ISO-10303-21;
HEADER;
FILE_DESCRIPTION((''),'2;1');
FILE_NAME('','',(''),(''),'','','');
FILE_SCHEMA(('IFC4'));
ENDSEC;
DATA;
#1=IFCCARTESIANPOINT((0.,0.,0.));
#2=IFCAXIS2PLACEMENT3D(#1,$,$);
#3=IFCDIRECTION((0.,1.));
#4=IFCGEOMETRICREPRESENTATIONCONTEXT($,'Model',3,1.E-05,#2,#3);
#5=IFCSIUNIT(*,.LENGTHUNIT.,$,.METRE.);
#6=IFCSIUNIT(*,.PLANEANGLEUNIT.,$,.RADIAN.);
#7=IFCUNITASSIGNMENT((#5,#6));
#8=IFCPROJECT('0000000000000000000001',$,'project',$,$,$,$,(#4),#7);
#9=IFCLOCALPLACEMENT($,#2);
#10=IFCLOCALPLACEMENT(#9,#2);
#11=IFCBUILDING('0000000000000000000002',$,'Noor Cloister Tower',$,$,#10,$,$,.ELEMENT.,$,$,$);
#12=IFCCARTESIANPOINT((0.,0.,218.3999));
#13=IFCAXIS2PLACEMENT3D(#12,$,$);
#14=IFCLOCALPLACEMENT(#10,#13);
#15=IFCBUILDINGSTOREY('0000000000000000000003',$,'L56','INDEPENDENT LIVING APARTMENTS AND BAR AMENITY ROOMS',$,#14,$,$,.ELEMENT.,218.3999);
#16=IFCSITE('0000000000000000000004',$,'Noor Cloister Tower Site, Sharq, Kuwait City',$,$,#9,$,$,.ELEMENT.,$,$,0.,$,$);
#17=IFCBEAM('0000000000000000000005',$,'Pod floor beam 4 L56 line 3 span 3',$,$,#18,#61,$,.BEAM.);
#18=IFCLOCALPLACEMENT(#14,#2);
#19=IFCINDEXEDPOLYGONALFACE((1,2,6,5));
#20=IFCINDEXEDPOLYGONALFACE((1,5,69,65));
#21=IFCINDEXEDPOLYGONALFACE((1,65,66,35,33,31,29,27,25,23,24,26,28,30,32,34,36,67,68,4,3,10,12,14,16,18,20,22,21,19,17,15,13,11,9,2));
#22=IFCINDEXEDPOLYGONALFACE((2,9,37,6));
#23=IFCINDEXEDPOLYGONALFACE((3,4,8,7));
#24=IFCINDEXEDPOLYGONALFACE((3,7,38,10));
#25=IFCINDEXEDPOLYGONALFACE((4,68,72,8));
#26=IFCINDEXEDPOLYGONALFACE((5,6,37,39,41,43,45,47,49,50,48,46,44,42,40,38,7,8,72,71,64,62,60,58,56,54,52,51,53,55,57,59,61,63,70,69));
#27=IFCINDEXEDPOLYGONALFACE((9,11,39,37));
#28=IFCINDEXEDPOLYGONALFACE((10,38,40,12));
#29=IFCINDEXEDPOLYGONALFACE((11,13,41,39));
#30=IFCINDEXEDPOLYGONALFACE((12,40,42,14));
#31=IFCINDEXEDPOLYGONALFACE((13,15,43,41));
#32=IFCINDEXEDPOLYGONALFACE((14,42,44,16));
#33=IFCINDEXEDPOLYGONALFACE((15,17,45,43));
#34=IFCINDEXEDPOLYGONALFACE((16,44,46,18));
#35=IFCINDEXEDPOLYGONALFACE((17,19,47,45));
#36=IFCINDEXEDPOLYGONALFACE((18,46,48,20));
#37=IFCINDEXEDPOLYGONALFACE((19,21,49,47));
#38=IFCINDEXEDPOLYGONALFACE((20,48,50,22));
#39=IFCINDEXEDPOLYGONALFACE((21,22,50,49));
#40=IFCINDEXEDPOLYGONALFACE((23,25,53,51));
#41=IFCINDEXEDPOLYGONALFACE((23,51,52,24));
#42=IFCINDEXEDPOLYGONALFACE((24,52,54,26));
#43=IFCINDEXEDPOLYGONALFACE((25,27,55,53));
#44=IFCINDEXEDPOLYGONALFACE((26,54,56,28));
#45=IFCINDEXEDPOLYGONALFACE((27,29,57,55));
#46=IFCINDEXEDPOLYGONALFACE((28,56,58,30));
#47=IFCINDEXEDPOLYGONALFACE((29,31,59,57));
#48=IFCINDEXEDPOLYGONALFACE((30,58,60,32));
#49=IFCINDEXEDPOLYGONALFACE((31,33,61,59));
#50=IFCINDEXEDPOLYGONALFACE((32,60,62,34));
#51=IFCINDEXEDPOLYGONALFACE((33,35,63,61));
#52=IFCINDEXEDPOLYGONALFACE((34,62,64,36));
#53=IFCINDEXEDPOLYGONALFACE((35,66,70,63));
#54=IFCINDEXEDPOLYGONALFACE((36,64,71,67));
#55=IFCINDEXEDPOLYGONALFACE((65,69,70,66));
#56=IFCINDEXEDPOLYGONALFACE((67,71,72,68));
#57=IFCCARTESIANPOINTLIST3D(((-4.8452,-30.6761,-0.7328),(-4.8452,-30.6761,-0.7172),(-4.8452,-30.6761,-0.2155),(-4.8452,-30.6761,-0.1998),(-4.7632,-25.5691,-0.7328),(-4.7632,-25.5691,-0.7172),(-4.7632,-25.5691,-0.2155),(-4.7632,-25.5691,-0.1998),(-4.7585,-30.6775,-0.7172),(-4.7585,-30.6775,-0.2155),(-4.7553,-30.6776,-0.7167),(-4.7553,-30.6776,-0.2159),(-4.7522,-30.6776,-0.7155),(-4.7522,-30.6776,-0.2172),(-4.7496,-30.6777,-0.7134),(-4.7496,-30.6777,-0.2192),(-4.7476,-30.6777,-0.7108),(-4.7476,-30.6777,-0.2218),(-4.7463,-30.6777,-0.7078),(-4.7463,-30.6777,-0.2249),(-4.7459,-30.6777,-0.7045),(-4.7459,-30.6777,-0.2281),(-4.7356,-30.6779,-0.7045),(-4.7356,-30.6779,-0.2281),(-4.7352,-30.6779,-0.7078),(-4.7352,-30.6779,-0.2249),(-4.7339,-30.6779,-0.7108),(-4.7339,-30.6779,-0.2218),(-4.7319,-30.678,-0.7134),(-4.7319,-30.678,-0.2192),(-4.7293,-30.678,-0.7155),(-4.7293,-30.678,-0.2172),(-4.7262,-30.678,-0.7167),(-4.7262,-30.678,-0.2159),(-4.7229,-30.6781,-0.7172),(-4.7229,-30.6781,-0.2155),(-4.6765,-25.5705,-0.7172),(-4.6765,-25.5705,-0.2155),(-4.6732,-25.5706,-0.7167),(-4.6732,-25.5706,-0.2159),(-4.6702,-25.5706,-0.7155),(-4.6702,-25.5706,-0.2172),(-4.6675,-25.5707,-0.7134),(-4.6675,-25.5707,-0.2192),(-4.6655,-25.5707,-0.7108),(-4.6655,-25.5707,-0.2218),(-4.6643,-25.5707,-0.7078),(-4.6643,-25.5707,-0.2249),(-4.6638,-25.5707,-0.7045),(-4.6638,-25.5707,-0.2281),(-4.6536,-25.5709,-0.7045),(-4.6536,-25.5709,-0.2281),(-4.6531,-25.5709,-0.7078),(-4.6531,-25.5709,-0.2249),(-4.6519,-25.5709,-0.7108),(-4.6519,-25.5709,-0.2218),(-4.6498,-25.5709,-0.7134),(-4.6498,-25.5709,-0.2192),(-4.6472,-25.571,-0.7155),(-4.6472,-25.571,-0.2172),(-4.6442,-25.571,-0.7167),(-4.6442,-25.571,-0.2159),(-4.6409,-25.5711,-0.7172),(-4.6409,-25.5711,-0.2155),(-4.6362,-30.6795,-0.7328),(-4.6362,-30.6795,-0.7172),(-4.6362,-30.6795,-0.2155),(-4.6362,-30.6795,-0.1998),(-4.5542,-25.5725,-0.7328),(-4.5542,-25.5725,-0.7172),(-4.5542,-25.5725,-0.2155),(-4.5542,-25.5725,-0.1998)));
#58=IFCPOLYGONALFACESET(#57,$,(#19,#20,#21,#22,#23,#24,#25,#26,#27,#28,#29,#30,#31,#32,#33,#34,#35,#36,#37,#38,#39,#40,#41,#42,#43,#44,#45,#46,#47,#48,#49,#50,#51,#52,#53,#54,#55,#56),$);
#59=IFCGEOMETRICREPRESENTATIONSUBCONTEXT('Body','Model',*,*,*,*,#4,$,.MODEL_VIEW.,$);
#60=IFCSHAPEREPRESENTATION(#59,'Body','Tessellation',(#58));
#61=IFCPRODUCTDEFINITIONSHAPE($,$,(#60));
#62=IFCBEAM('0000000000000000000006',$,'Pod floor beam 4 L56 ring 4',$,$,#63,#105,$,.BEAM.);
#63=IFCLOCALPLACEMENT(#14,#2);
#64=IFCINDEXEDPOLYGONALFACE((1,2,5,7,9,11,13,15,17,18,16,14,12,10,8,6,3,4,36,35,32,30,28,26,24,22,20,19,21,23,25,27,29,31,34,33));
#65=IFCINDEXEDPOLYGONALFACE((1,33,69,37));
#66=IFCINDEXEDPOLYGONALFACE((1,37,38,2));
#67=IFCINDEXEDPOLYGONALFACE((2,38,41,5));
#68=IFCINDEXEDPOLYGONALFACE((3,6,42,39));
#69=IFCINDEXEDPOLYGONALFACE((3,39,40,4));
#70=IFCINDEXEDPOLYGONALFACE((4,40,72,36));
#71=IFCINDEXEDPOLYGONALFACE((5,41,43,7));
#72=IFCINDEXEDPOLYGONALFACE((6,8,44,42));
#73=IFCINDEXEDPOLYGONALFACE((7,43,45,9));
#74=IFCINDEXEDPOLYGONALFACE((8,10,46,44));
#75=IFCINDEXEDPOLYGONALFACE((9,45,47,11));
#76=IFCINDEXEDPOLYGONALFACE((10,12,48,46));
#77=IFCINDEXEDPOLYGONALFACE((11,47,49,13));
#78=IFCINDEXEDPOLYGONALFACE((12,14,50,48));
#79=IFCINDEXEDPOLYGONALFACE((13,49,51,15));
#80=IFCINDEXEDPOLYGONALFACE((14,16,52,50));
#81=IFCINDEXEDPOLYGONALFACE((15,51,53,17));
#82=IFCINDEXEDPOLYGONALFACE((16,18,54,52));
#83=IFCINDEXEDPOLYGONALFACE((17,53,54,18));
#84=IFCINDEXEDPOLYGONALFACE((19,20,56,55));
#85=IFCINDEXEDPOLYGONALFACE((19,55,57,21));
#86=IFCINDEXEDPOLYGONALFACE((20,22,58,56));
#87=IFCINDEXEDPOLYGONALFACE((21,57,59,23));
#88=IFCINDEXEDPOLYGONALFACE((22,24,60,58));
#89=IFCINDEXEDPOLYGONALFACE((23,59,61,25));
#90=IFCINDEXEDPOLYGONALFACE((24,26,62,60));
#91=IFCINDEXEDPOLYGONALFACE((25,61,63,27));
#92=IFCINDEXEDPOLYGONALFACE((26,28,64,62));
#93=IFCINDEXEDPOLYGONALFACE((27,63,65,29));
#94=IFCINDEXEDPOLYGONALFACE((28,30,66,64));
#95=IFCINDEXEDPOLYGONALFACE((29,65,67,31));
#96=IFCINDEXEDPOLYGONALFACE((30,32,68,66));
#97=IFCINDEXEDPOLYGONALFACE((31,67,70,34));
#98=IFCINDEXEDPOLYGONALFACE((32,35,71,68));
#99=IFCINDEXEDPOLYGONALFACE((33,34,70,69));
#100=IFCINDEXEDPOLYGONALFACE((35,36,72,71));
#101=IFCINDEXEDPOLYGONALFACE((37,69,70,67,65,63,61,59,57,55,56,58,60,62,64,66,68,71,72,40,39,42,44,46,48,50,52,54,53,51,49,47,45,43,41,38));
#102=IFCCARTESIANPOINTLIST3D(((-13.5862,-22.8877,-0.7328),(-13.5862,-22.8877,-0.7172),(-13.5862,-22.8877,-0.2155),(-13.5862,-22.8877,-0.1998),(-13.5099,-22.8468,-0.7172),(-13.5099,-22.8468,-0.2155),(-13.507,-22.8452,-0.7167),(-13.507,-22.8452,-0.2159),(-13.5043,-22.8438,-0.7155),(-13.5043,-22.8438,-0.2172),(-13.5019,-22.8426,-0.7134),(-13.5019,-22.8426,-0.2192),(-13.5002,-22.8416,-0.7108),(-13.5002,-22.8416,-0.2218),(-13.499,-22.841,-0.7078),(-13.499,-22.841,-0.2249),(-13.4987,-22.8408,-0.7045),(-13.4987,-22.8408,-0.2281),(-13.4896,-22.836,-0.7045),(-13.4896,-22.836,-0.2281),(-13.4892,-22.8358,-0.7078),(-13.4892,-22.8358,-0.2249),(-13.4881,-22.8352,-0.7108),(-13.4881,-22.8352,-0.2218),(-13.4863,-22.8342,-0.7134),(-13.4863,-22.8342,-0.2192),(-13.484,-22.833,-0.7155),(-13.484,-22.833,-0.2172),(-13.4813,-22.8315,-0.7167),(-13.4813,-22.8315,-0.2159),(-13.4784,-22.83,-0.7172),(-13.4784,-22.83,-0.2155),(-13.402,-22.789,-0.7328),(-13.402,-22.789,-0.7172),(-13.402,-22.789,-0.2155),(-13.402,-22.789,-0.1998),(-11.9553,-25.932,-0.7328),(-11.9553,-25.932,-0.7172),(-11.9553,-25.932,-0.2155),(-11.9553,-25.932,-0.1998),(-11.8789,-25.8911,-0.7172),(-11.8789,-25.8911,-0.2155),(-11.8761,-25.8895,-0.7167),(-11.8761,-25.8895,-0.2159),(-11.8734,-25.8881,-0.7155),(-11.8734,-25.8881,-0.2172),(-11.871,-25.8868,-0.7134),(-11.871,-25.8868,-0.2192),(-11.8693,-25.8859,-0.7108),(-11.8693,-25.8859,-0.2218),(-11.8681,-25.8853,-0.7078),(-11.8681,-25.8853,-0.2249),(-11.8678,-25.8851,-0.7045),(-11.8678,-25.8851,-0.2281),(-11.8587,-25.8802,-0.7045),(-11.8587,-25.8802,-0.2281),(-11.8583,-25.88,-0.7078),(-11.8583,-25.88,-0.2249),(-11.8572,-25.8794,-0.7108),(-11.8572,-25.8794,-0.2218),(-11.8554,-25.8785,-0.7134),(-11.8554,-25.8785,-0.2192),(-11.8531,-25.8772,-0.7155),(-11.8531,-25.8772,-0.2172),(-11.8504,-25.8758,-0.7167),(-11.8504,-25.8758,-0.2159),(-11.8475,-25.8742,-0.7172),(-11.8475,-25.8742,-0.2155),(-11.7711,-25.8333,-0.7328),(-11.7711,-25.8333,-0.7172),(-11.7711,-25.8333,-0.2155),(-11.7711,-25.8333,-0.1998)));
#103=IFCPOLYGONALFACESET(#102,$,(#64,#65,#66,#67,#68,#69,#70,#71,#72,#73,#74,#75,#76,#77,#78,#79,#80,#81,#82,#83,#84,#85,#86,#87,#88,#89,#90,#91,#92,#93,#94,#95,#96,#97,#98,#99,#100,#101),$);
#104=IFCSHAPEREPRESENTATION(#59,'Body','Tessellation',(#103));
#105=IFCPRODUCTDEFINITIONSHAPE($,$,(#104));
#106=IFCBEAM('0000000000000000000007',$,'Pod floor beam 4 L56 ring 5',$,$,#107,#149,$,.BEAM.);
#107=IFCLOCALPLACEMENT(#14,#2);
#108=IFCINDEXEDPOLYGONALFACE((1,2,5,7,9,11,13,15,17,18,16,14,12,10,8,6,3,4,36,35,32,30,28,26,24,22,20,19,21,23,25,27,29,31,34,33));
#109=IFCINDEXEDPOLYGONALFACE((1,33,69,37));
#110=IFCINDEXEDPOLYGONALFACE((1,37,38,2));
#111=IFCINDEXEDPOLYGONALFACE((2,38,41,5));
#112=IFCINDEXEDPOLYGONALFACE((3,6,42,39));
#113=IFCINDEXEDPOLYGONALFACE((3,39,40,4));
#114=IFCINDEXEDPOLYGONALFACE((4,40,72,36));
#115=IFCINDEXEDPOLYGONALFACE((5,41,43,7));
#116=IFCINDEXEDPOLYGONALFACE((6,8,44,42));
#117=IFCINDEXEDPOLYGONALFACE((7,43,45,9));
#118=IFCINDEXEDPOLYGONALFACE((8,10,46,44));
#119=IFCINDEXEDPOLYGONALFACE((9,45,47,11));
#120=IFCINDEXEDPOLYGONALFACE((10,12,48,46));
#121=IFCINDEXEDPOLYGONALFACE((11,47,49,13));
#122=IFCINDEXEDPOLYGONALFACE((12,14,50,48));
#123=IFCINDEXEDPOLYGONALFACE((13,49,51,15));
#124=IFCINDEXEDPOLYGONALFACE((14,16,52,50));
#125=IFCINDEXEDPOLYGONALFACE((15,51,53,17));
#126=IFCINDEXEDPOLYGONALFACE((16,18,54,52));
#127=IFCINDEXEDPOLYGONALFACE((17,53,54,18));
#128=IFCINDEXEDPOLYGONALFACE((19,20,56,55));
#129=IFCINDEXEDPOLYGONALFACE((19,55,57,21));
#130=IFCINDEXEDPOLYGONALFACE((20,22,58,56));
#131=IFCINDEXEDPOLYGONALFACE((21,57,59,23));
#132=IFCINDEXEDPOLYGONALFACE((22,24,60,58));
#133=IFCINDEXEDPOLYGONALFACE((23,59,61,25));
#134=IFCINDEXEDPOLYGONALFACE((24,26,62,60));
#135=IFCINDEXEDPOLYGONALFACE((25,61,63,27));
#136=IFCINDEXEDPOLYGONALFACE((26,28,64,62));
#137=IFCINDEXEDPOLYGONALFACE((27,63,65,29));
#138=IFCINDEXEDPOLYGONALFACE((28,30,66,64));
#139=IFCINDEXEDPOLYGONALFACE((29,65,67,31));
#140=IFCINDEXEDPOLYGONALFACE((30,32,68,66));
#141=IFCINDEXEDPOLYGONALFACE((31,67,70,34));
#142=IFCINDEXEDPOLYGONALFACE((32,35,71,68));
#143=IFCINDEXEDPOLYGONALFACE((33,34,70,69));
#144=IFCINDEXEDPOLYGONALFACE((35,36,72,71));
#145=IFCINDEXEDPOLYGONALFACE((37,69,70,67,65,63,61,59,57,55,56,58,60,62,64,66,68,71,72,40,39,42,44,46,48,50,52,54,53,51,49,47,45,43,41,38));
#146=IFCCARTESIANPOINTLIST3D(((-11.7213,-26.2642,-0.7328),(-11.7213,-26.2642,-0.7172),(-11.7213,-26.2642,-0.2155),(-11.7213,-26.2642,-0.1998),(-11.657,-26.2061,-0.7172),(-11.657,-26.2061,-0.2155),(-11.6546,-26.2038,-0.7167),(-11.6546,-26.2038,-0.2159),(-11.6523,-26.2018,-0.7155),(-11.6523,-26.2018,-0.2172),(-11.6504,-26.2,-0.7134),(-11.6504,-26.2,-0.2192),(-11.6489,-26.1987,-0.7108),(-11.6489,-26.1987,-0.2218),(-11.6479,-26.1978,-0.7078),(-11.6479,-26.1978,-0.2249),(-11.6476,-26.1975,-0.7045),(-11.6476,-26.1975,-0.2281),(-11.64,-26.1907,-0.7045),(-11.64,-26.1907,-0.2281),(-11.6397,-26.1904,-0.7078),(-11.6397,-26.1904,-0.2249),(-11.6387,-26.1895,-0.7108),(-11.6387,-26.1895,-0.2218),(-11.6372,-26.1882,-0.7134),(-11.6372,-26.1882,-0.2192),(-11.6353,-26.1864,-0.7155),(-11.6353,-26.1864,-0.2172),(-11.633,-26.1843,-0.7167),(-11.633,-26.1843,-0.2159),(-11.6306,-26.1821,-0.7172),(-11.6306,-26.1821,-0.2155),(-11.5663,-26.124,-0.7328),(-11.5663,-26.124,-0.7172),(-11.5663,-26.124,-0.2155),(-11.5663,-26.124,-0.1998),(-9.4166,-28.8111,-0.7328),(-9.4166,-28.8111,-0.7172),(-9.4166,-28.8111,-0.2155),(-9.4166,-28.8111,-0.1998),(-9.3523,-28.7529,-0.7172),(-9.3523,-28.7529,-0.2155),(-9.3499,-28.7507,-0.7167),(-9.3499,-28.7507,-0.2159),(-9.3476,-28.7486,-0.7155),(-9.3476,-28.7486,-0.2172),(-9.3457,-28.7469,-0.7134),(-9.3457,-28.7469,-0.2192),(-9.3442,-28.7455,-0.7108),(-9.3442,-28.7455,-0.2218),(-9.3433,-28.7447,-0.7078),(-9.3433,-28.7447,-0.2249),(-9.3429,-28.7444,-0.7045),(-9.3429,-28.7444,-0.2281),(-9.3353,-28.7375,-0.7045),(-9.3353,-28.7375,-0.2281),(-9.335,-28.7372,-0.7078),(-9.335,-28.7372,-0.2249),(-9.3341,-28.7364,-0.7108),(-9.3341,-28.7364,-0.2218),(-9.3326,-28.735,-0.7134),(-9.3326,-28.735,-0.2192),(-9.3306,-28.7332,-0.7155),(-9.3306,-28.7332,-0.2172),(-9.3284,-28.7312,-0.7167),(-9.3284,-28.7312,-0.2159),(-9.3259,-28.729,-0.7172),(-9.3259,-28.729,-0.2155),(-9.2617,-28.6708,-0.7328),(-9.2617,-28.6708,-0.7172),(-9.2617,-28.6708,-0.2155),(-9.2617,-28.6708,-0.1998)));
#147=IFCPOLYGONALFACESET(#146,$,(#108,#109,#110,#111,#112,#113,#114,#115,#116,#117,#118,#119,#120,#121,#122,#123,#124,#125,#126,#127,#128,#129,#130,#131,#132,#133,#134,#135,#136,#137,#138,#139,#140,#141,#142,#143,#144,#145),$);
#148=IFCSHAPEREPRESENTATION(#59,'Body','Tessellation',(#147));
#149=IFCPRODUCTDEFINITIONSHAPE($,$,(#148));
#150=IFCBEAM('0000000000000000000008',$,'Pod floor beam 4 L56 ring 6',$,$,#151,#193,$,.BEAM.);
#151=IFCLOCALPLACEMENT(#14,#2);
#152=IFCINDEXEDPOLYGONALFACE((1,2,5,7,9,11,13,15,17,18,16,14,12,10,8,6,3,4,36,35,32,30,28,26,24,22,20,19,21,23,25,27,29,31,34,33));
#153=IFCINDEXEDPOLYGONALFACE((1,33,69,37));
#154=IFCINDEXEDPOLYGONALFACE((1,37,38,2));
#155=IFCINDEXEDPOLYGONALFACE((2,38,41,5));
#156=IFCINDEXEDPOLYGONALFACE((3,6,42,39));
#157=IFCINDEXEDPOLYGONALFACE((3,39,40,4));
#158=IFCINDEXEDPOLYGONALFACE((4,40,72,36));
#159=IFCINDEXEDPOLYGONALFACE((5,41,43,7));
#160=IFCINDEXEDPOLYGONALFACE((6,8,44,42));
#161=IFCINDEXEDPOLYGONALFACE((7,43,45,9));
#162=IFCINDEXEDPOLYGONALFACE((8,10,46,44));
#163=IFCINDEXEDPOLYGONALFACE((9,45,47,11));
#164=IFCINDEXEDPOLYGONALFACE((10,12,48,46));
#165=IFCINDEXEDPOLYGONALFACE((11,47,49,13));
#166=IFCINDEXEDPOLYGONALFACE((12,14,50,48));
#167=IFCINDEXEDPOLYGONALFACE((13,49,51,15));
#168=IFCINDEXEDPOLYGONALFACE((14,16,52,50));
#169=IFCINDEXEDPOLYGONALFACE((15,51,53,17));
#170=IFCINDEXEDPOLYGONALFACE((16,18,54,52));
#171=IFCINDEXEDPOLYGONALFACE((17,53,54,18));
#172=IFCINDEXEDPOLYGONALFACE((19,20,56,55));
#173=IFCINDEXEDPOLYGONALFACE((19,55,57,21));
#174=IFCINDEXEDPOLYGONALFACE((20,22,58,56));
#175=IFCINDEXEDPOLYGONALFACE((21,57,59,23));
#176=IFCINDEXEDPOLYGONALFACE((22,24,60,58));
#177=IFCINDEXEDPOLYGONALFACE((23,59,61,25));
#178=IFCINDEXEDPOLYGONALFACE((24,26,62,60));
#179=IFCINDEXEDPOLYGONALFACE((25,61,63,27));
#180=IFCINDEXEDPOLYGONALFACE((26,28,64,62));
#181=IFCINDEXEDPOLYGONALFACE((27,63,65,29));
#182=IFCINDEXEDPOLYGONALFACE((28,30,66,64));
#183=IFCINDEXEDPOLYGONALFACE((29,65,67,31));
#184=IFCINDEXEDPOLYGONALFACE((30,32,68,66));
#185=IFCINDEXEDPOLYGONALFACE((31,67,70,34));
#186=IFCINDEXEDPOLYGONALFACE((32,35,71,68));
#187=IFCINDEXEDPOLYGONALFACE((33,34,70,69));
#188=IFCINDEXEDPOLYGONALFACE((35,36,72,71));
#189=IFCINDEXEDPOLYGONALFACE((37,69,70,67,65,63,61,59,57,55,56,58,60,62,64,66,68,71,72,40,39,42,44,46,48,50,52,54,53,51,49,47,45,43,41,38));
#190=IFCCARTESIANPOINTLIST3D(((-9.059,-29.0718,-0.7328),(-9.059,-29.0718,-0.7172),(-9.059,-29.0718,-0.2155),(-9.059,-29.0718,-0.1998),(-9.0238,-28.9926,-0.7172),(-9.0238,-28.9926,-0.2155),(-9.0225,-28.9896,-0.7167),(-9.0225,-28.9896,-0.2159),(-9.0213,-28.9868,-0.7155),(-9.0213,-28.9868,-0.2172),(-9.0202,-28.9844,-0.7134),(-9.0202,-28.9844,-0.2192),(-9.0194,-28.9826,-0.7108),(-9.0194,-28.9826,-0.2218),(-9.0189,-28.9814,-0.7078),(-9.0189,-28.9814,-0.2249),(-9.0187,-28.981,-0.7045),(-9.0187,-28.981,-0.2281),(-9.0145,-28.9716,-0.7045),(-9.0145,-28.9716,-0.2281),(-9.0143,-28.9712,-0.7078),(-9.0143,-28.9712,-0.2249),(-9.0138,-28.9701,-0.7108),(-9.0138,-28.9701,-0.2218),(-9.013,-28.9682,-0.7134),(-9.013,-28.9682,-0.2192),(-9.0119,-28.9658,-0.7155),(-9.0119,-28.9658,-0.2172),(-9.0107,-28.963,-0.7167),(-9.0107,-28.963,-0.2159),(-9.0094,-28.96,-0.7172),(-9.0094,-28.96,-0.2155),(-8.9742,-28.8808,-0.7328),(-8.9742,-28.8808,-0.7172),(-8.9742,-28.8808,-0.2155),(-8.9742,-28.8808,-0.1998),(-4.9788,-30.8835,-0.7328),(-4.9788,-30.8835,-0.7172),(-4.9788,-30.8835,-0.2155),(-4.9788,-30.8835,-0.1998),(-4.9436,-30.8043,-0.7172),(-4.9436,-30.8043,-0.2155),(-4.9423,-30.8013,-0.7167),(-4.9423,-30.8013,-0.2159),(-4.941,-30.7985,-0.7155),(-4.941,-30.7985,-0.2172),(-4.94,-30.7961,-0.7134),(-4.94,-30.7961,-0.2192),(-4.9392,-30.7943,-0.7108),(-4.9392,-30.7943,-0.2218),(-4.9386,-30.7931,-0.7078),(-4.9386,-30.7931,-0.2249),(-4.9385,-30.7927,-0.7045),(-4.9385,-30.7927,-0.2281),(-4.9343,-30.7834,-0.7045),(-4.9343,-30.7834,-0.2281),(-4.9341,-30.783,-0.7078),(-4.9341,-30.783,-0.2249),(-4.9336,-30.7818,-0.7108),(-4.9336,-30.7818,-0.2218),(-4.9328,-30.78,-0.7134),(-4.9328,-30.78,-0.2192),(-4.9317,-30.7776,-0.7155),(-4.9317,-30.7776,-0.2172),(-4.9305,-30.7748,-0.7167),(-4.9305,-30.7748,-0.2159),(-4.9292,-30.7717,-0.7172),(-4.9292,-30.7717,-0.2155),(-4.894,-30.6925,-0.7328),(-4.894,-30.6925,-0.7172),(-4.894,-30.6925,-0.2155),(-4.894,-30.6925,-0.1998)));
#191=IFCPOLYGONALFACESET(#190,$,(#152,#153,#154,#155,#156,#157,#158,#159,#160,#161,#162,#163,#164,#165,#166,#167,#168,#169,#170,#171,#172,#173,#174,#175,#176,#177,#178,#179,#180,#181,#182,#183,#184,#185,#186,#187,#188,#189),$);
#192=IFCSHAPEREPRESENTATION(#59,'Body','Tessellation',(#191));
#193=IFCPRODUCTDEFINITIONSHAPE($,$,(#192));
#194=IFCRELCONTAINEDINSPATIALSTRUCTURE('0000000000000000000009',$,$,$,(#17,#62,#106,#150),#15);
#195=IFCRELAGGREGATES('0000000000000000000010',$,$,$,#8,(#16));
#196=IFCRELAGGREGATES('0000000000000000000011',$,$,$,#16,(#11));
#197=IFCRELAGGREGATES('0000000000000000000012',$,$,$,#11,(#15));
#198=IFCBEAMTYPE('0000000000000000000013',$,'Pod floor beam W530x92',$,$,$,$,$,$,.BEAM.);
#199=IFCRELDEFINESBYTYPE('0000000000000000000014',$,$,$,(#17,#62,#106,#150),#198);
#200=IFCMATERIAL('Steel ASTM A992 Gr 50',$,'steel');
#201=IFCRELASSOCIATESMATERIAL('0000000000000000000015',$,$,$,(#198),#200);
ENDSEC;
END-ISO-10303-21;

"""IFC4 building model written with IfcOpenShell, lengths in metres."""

from ifc_helpers import new_model, si_unit, direction, frame, origin, origin_2d, place, context, subcontext, project, spatial, i_section, extrude, material, material_profile, profile_set, type_object, element, save


model = new_model("IFC4")

# Units and contexts
model_context = context("Model", 3, precision=1e-05, world=origin(), true_north=direction((0.0, 1.0)))
body_context = subcontext(model_context, "Body", "Model", "MODEL_VIEW")
ifc_project = project(units=[si_unit("LENGTHUNIT", "METRE"), si_unit("PLANEANGLEUNIT", "RADIAN")], contexts=[model_context])

# Site, building, storey
site_placement = place(None, origin())
site = spatial("IfcSite", under=ifc_project, at=site_placement, Name="Noor Cloister Tower Site, Sharq, Kuwait City", CompositionType="ELEMENT", RefElevation=0.0)
building_placement = place(site_placement, origin())
building = spatial("IfcBuilding", under=site, at=building_placement, Name="Noor Cloister Tower", CompositionType="ELEMENT")
storey_placement = place(building_placement, frame((0.0, 0.0, 218.3999)))
storey = spatial("IfcBuildingStorey", under=building, at=storey_placement, Name="L56", Description="INDEPENDENT LIVING APARTMENTS AND BAR AMENITY ROOMS", CompositionType="ELEMENT", Elevation=218.3999)

# Beams
ifc_material_1 = material(Name="Steel ASTM A992 Gr 50", Category="steel")
ifc_material_profile_1 = material_profile(ifc_material_1, i_section(OverallWidth=0.209, OverallDepth=0.533, WebThickness=0.0103, FlangeThickness=0.0156, FilletRadius=0.0127, at=origin_2d()), Name="W530x92")
ifc_profile_set_1 = profile_set([ifc_material_profile_1], Name="Steel ASTM A992 Gr 50")
beam_type = type_object("IfcBeamType", Name="Pod floor beam W530x92", PredefinedType="BEAM", material=ifc_profile_set_1)
beam_1_placement = place(storey_placement, frame((-4.6587, -25.5708, -0.4663), z_axis=(-0.016061, -0.999871, 0.0), x_axis=(0.999871, -0.016061, 0.0)))
element("IfcBeam", 1, at=beam_1_placement, inside=storey, type_object=beam_type, Name="Pod floor beam 4 L56 line 3 span 3", PredefinedType="BEAM", context=body_context, shape_type="SweptSolid", body=[
    extrude(i_section(OverallWidth=0.209, OverallDepth=0.533, WebThickness=0.0103, FlangeThickness=0.0156, FilletRadius=0.0127, at=origin_2d()), origin(), (0.0, 0.0, 1.0), 5.1077),
])
beam_2_placement = place(storey_placement, frame((-13.4941, -22.8384, -0.4663), z_axis=(0.472231, -0.881475, 0.0), x_axis=(0.881475, 0.472231, 0.0)))
element("IfcBeam", 2, at=beam_2_placement, inside=storey, type_object=beam_type, Name="Pod floor beam 4 L56 ring 4", PredefinedType="BEAM", context=body_context, shape_type="SweptSolid", body=[
    extrude(i_section(OverallWidth=0.209, OverallDepth=0.533, WebThickness=0.0103, FlangeThickness=0.0156, FilletRadius=0.0127, at=origin_2d()), origin(), (0.0, 0.0, 1.0), 3.4536),
])
beam_3_placement = place(storey_placement, frame((-11.6438, -26.1941, -0.4663), z_axis=(0.670973, -0.741482, 0.0), x_axis=(0.741482, 0.670973, 0.0)))
element("IfcBeam", 3, at=beam_3_placement, inside=storey, type_object=beam_type, Name="Pod floor beam 4 L56 ring 5", PredefinedType="BEAM", context=body_context, shape_type="SweptSolid", body=[
    extrude(i_section(OverallWidth=0.209, OverallDepth=0.533, WebThickness=0.0103, FlangeThickness=0.0156, FilletRadius=0.0127, at=origin_2d()), origin(), (0.0, 0.0, 1.0), 3.4348),
])
beam_4_placement = place(storey_placement, frame((-9.0166, -28.9763, -0.4663), z_axis=(0.913954, -0.405819, 0.0), x_axis=(0.405819, 0.913954, 0.0)))
element("IfcBeam", 4, at=beam_4_placement, inside=storey, type_object=beam_type, Name="Pod floor beam 4 L56 ring 6", PredefinedType="BEAM", context=body_context, shape_type="SweptSolid", body=[
    extrude(i_section(OverallWidth=0.209, OverallDepth=0.533, WebThickness=0.0103, FlangeThickness=0.0156, FilletRadius=0.0127, at=origin_2d()), origin(), (0.0, 0.0, 1.0), 4.4644),
])

save(model, "model.ifc")
